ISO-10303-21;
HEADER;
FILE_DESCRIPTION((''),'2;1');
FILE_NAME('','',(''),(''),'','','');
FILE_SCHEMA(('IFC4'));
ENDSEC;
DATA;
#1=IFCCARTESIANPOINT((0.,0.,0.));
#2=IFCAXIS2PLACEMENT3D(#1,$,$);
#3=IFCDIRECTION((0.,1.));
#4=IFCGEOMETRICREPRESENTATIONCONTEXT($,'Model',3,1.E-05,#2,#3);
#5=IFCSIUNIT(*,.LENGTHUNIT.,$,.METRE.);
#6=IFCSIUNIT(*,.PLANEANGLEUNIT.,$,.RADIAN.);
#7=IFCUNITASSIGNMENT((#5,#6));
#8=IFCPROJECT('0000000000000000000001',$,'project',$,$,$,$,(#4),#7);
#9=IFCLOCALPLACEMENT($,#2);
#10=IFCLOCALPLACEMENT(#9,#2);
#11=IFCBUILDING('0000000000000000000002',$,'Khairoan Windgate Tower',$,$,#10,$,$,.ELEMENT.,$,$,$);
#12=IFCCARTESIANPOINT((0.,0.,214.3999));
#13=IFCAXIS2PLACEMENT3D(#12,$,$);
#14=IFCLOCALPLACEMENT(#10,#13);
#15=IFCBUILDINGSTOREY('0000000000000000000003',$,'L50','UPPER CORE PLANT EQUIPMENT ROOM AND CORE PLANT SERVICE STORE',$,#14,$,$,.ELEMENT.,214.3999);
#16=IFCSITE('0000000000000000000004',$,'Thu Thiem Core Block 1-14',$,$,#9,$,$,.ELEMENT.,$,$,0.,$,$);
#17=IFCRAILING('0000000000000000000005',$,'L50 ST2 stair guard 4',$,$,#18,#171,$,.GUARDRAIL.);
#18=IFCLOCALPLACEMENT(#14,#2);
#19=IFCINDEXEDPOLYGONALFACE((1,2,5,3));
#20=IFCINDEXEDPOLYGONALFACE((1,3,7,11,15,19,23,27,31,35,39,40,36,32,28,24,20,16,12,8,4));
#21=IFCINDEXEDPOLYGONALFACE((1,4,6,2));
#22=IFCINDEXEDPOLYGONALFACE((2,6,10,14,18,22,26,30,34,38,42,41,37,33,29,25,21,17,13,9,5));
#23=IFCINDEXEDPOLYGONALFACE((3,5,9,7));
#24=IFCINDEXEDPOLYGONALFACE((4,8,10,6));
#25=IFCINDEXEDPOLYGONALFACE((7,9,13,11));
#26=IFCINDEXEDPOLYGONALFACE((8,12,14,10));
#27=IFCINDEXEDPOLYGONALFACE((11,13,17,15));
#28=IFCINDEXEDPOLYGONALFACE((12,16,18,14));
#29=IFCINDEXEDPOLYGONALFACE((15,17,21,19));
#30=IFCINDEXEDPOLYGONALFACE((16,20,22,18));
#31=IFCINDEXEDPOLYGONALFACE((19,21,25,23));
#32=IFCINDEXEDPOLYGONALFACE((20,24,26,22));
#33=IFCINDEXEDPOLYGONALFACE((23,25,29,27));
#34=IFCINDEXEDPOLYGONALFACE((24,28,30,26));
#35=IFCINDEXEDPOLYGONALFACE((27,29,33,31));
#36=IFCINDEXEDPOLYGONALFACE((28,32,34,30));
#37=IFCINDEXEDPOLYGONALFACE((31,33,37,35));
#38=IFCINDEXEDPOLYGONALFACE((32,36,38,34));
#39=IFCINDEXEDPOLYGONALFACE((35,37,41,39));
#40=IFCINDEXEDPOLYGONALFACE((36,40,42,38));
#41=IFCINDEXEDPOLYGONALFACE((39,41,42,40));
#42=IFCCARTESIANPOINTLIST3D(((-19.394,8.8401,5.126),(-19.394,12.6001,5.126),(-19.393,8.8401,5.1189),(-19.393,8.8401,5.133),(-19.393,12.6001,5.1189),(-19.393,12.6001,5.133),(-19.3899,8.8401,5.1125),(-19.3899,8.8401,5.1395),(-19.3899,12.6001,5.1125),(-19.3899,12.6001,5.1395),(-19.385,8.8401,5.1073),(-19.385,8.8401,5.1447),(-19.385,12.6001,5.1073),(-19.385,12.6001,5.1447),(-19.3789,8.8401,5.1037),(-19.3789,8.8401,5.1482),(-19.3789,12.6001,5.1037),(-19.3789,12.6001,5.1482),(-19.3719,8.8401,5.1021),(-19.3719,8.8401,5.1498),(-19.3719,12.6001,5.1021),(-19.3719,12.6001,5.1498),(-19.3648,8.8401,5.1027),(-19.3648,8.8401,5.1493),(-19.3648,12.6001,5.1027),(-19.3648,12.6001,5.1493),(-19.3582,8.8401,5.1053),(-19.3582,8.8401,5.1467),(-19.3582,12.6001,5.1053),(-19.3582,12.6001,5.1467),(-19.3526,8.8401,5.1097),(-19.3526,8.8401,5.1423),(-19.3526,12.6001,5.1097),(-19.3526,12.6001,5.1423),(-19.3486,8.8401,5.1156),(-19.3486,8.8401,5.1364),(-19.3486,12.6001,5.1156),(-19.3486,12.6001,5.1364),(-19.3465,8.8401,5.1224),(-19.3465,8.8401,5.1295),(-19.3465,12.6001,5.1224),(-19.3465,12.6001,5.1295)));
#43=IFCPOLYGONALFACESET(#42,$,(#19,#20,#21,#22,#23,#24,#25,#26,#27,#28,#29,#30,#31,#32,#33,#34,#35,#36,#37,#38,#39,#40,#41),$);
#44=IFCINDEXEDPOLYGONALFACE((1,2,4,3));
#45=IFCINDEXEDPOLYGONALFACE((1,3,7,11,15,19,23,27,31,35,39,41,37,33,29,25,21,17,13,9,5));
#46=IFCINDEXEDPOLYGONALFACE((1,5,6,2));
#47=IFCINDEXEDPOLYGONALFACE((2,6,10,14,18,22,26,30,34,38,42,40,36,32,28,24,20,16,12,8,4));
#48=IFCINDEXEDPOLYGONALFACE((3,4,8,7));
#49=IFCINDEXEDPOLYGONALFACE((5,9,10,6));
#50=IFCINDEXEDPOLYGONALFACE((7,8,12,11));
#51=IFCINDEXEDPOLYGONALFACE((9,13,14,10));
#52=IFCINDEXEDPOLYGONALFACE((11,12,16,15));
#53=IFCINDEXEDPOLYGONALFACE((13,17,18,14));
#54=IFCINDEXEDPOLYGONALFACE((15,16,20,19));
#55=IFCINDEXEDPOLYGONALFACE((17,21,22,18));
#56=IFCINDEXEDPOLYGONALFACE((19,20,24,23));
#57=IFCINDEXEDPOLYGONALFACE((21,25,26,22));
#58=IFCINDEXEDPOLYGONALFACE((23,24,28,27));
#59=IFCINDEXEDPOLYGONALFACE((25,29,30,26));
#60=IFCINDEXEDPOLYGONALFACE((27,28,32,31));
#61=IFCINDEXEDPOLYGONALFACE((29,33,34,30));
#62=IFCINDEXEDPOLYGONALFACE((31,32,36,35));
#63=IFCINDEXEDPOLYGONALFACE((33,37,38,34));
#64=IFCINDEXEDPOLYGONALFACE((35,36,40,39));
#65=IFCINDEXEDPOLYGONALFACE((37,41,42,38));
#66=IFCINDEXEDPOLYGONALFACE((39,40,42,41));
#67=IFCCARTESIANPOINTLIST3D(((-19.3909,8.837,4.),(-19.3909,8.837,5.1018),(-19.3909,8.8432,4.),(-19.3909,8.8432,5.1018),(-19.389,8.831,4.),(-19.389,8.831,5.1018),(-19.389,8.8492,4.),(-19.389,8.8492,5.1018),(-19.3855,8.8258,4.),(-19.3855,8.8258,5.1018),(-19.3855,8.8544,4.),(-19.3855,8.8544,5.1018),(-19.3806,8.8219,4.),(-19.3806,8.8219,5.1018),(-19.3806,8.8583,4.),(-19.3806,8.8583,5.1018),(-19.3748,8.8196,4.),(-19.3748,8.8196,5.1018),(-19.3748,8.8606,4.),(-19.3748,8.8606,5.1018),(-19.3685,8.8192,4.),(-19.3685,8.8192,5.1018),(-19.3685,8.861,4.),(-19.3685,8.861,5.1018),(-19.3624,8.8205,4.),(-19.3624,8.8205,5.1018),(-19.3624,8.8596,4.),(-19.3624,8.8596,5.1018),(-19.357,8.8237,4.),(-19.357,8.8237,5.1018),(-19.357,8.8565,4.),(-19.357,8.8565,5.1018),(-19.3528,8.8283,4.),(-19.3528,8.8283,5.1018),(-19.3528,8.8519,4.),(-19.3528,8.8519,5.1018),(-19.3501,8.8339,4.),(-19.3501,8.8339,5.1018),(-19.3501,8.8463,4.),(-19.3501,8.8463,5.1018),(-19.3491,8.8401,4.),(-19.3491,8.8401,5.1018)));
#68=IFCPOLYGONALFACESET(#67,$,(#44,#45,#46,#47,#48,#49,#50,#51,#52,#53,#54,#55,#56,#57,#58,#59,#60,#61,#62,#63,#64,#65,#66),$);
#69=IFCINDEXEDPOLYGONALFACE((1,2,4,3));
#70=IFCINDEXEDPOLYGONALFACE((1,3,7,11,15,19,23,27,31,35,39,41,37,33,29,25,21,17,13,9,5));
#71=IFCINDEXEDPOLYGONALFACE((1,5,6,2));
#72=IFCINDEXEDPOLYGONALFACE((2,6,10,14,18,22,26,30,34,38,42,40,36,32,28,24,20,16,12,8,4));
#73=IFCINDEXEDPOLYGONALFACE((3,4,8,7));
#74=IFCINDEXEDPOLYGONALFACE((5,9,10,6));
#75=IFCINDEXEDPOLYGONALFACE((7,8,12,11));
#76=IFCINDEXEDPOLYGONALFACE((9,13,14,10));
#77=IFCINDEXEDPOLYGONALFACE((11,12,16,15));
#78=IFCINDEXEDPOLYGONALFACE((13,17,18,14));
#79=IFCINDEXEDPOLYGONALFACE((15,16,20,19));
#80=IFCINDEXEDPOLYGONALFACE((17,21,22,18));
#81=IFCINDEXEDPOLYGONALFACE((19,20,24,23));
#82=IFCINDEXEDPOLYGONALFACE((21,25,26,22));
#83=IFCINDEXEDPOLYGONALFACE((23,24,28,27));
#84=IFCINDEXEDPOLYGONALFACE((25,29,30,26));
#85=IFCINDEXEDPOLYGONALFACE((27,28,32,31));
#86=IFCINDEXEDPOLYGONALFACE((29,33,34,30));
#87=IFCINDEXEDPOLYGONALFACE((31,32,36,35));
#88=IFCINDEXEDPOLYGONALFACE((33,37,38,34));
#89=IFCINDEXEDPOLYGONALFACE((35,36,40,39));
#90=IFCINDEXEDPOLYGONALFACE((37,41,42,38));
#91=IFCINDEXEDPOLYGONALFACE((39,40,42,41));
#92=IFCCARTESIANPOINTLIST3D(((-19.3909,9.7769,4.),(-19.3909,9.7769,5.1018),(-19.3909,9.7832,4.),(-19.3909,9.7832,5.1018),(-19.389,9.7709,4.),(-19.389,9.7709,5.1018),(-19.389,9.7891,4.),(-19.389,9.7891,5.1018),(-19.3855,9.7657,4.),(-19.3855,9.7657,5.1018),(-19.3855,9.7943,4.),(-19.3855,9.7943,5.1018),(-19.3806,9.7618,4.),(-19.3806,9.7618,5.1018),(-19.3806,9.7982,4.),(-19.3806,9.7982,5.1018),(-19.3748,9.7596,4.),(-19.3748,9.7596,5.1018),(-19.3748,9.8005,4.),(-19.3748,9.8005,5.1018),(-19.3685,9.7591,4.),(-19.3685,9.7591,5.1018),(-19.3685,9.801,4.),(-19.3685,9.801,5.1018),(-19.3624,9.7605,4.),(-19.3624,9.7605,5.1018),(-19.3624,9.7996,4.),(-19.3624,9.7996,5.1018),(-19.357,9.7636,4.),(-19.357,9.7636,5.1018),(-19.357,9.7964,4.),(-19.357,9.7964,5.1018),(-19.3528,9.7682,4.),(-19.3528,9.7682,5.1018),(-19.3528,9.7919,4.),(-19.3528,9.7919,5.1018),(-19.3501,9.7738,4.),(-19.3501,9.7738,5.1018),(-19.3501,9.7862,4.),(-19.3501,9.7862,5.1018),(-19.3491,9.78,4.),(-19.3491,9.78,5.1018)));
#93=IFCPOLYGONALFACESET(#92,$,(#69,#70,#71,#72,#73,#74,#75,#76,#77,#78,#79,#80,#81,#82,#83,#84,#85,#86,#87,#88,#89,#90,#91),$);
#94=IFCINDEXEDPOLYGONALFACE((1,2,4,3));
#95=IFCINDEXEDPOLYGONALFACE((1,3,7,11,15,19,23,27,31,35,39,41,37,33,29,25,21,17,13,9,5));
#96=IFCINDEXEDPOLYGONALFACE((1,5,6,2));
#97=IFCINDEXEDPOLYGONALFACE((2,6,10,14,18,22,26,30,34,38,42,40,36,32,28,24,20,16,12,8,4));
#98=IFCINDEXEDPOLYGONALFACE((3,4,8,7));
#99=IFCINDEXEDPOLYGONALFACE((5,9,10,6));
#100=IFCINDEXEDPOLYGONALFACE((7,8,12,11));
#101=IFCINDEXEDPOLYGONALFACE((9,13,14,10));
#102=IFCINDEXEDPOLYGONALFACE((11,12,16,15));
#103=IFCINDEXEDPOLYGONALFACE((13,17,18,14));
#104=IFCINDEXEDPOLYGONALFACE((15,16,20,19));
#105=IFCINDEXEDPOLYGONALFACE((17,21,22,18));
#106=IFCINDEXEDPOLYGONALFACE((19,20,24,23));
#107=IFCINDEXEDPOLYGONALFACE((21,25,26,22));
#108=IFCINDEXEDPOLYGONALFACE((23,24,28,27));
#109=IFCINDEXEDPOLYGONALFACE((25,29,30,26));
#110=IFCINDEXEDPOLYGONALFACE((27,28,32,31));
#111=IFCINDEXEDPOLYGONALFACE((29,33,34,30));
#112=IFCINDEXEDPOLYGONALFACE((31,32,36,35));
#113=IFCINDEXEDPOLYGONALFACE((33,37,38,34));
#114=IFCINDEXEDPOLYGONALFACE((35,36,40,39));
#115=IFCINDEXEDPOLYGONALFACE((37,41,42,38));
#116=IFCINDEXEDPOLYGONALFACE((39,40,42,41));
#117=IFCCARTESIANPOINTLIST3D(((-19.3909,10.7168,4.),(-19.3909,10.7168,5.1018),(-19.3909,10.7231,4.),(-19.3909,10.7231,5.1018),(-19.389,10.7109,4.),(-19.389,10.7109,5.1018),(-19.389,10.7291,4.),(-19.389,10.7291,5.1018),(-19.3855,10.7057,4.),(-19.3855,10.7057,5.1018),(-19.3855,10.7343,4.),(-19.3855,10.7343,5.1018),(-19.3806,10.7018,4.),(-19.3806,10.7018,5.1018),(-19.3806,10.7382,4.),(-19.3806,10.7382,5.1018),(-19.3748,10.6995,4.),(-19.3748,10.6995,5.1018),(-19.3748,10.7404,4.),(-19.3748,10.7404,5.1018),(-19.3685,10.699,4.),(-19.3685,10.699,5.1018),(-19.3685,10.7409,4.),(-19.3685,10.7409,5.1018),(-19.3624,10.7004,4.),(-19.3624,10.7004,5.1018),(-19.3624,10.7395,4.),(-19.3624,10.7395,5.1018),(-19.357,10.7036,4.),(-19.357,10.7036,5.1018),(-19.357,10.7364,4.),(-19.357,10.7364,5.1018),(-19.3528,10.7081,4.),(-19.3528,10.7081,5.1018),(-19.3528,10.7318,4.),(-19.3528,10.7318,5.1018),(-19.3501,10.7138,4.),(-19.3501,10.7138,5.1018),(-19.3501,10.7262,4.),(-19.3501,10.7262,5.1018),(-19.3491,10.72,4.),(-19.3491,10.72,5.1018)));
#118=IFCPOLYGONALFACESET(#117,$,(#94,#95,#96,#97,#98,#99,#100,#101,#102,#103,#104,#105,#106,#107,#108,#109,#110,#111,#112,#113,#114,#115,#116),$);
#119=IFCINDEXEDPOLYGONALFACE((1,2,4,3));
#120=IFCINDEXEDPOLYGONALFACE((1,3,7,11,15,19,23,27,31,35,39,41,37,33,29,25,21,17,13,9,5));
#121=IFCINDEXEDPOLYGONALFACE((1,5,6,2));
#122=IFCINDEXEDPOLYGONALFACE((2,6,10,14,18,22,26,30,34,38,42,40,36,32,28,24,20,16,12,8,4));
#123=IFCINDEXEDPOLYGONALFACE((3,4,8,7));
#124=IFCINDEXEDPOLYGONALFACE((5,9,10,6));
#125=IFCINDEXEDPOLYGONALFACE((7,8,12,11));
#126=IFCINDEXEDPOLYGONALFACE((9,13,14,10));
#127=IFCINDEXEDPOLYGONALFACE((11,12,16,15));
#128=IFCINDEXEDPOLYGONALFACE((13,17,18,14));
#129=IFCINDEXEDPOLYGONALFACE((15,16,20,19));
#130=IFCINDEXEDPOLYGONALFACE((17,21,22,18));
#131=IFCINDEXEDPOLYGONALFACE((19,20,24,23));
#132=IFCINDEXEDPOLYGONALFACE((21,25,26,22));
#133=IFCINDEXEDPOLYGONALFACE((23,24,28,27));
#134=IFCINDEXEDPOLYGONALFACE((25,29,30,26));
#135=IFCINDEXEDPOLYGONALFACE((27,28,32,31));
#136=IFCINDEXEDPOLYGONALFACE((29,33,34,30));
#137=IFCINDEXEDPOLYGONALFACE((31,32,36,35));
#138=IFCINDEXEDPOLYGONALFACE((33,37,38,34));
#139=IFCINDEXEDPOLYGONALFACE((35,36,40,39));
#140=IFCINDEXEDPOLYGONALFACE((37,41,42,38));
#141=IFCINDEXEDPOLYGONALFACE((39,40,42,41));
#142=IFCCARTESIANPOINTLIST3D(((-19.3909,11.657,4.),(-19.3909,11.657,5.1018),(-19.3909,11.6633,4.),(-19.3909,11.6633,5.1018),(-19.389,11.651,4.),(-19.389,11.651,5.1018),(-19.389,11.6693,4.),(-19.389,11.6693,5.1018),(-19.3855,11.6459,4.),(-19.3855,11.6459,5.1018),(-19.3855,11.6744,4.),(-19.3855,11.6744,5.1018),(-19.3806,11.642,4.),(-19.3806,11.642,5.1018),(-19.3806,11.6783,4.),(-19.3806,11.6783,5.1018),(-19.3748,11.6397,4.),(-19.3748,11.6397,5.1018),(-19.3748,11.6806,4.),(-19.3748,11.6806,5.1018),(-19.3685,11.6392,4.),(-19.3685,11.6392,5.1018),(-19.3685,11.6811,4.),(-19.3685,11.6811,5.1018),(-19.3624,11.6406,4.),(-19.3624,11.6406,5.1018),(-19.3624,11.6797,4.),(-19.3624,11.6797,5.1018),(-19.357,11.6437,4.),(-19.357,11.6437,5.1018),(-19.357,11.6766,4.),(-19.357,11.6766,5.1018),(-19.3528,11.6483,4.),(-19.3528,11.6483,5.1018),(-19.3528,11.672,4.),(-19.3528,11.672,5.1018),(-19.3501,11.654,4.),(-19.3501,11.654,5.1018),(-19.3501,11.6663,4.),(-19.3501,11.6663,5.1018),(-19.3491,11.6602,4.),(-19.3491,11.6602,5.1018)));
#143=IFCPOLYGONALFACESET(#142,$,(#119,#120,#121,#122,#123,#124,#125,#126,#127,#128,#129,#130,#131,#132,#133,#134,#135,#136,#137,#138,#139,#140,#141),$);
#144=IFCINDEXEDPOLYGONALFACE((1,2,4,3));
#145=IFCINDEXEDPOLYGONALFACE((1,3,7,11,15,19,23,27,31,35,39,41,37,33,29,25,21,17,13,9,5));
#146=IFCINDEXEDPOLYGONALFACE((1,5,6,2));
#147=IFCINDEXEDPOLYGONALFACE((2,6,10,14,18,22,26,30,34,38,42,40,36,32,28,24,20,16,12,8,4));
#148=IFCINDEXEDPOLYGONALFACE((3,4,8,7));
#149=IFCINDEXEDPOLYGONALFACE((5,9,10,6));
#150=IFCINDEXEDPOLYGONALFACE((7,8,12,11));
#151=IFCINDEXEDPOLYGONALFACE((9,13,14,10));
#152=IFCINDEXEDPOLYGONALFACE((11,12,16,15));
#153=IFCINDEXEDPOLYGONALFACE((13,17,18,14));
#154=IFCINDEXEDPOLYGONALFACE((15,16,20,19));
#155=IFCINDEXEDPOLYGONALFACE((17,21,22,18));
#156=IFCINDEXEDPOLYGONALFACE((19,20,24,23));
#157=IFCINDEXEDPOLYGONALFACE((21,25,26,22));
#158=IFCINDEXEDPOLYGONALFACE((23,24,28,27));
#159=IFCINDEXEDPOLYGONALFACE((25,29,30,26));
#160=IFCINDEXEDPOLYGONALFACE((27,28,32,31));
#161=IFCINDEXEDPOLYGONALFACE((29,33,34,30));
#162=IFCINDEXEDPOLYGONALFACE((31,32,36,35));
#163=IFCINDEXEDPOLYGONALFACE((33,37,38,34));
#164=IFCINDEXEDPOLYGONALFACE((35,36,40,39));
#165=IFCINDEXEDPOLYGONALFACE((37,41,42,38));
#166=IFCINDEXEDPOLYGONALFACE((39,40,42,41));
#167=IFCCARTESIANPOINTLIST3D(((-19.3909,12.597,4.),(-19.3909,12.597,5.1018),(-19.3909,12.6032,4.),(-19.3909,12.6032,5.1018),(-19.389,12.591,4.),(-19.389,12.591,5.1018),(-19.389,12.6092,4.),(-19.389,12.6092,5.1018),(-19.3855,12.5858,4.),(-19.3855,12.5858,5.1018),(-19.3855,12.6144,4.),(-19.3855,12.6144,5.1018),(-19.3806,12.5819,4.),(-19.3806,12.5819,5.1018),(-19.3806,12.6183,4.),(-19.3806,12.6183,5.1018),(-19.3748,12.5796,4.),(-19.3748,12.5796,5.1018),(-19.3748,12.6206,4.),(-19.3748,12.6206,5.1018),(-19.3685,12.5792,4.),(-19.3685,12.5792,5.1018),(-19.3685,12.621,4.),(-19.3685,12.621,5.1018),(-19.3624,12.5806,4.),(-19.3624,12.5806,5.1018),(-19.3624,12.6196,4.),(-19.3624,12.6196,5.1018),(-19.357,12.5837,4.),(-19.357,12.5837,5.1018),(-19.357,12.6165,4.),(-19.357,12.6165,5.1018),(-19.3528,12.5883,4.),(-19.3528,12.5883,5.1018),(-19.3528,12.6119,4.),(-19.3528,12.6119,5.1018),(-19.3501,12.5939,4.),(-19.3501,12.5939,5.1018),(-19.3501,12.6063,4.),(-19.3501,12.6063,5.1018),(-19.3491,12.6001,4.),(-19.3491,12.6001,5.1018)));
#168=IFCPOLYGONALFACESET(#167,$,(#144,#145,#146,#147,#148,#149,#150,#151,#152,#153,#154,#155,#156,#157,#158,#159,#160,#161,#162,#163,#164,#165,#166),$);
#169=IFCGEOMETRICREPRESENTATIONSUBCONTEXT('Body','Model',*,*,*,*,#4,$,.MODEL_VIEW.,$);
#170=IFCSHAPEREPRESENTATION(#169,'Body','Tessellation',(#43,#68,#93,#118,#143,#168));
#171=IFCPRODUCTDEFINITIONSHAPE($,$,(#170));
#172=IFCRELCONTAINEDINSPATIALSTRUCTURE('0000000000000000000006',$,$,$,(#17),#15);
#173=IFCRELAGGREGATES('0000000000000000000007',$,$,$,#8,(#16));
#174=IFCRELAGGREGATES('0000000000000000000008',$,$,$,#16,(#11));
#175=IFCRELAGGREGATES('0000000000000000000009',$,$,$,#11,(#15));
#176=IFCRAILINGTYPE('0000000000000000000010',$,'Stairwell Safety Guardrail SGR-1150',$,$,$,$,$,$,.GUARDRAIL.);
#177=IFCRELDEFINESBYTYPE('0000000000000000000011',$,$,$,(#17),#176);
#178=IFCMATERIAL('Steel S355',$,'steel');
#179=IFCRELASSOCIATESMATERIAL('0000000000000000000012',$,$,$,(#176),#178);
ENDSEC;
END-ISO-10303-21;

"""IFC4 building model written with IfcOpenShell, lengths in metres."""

from ifc_helpers import new_model, si_unit, direction, frame, origin, origin_2d, place, context, subcontext, project, spatial, circle, extrude, material, type_object, element, save


model = new_model("IFC4")

# Units and contexts
model_context = context("Model", 3, precision=1e-05, world=origin(), true_north=direction((0.0, 1.0)))
body_context = subcontext(model_context, "Body", "Model", "MODEL_VIEW")
ifc_project = project(units=[si_unit("LENGTHUNIT", "METRE"), si_unit("PLANEANGLEUNIT", "RADIAN")], contexts=[model_context])

# Site, building, storey
site_placement = place(None, origin())
site = spatial("IfcSite", under=ifc_project, at=site_placement, Name="Thu Thiem Core Block 1-14", CompositionType="ELEMENT", RefElevation=0.0)
building_placement = place(site_placement, origin())
building = spatial("IfcBuilding", under=site, at=building_placement, Name="Khairoan Windgate Tower", CompositionType="ELEMENT")
storey_placement = place(building_placement, frame((0.0, 0.0, 214.3999)))
storey = spatial("IfcBuildingStorey", under=building, at=storey_placement, Name="L50", Description="UPPER CORE PLANT EQUIPMENT ROOM AND CORE PLANT SERVICE STORE", CompositionType="ELEMENT", Elevation=214.3999)

# Railing
ifc_material_1 = material(Name="Steel S355", Category="steel")
railing_type_1 = type_object("IfcRailingType", Name="Stairwell Safety Guardrail SGR-1150", PredefinedType="GUARDRAIL", material=ifc_material_1)
for number, where, name in (
    (1, (-19.3701, 8.8401, 4.0), "L50 ST2 stair guard 4"),
):
    element("IfcRailing", number, at=place(storey_placement, frame(where)), inside=storey, type_object=railing_type_1, Name=name, PredefinedType="GUARDRAIL", context=body_context, shape_type="SweptSolid", body=[
        extrude(circle(Radius=0.0239, at=origin_2d()), frame((0.0, 0.0, 1.126), z_axis=(0.0, 1.0, 0.0), x_axis=(-1.0, 0.0, 0.0)), (0.0, 0.0, 1.0), 3.76),
        extrude(circle(Radius=0.021, at=origin_2d()), origin(), (0.0, 0.0, 1.0), 1.1018),
        extrude(circle(Radius=0.021, at=origin_2d()), frame((0.0, 0.9399, 0.0)), (0.0, 0.0, 1.0), 1.1018),
        extrude(circle(Radius=0.021, at=origin_2d()), frame((0.0, 1.8799, 0.0)), (0.0, 0.0, 1.0), 1.1018),
        extrude(circle(Radius=0.021, at=origin_2d()), frame((0.0, 2.8201, 0.0)), (0.0, 0.0, 1.0), 1.1018),
        extrude(circle(Radius=0.021, at=origin_2d()), frame((0.0, 3.76, 0.0)), (0.0, 0.0, 1.0), 1.1018),
    ])

save(model, "model.ifc")
